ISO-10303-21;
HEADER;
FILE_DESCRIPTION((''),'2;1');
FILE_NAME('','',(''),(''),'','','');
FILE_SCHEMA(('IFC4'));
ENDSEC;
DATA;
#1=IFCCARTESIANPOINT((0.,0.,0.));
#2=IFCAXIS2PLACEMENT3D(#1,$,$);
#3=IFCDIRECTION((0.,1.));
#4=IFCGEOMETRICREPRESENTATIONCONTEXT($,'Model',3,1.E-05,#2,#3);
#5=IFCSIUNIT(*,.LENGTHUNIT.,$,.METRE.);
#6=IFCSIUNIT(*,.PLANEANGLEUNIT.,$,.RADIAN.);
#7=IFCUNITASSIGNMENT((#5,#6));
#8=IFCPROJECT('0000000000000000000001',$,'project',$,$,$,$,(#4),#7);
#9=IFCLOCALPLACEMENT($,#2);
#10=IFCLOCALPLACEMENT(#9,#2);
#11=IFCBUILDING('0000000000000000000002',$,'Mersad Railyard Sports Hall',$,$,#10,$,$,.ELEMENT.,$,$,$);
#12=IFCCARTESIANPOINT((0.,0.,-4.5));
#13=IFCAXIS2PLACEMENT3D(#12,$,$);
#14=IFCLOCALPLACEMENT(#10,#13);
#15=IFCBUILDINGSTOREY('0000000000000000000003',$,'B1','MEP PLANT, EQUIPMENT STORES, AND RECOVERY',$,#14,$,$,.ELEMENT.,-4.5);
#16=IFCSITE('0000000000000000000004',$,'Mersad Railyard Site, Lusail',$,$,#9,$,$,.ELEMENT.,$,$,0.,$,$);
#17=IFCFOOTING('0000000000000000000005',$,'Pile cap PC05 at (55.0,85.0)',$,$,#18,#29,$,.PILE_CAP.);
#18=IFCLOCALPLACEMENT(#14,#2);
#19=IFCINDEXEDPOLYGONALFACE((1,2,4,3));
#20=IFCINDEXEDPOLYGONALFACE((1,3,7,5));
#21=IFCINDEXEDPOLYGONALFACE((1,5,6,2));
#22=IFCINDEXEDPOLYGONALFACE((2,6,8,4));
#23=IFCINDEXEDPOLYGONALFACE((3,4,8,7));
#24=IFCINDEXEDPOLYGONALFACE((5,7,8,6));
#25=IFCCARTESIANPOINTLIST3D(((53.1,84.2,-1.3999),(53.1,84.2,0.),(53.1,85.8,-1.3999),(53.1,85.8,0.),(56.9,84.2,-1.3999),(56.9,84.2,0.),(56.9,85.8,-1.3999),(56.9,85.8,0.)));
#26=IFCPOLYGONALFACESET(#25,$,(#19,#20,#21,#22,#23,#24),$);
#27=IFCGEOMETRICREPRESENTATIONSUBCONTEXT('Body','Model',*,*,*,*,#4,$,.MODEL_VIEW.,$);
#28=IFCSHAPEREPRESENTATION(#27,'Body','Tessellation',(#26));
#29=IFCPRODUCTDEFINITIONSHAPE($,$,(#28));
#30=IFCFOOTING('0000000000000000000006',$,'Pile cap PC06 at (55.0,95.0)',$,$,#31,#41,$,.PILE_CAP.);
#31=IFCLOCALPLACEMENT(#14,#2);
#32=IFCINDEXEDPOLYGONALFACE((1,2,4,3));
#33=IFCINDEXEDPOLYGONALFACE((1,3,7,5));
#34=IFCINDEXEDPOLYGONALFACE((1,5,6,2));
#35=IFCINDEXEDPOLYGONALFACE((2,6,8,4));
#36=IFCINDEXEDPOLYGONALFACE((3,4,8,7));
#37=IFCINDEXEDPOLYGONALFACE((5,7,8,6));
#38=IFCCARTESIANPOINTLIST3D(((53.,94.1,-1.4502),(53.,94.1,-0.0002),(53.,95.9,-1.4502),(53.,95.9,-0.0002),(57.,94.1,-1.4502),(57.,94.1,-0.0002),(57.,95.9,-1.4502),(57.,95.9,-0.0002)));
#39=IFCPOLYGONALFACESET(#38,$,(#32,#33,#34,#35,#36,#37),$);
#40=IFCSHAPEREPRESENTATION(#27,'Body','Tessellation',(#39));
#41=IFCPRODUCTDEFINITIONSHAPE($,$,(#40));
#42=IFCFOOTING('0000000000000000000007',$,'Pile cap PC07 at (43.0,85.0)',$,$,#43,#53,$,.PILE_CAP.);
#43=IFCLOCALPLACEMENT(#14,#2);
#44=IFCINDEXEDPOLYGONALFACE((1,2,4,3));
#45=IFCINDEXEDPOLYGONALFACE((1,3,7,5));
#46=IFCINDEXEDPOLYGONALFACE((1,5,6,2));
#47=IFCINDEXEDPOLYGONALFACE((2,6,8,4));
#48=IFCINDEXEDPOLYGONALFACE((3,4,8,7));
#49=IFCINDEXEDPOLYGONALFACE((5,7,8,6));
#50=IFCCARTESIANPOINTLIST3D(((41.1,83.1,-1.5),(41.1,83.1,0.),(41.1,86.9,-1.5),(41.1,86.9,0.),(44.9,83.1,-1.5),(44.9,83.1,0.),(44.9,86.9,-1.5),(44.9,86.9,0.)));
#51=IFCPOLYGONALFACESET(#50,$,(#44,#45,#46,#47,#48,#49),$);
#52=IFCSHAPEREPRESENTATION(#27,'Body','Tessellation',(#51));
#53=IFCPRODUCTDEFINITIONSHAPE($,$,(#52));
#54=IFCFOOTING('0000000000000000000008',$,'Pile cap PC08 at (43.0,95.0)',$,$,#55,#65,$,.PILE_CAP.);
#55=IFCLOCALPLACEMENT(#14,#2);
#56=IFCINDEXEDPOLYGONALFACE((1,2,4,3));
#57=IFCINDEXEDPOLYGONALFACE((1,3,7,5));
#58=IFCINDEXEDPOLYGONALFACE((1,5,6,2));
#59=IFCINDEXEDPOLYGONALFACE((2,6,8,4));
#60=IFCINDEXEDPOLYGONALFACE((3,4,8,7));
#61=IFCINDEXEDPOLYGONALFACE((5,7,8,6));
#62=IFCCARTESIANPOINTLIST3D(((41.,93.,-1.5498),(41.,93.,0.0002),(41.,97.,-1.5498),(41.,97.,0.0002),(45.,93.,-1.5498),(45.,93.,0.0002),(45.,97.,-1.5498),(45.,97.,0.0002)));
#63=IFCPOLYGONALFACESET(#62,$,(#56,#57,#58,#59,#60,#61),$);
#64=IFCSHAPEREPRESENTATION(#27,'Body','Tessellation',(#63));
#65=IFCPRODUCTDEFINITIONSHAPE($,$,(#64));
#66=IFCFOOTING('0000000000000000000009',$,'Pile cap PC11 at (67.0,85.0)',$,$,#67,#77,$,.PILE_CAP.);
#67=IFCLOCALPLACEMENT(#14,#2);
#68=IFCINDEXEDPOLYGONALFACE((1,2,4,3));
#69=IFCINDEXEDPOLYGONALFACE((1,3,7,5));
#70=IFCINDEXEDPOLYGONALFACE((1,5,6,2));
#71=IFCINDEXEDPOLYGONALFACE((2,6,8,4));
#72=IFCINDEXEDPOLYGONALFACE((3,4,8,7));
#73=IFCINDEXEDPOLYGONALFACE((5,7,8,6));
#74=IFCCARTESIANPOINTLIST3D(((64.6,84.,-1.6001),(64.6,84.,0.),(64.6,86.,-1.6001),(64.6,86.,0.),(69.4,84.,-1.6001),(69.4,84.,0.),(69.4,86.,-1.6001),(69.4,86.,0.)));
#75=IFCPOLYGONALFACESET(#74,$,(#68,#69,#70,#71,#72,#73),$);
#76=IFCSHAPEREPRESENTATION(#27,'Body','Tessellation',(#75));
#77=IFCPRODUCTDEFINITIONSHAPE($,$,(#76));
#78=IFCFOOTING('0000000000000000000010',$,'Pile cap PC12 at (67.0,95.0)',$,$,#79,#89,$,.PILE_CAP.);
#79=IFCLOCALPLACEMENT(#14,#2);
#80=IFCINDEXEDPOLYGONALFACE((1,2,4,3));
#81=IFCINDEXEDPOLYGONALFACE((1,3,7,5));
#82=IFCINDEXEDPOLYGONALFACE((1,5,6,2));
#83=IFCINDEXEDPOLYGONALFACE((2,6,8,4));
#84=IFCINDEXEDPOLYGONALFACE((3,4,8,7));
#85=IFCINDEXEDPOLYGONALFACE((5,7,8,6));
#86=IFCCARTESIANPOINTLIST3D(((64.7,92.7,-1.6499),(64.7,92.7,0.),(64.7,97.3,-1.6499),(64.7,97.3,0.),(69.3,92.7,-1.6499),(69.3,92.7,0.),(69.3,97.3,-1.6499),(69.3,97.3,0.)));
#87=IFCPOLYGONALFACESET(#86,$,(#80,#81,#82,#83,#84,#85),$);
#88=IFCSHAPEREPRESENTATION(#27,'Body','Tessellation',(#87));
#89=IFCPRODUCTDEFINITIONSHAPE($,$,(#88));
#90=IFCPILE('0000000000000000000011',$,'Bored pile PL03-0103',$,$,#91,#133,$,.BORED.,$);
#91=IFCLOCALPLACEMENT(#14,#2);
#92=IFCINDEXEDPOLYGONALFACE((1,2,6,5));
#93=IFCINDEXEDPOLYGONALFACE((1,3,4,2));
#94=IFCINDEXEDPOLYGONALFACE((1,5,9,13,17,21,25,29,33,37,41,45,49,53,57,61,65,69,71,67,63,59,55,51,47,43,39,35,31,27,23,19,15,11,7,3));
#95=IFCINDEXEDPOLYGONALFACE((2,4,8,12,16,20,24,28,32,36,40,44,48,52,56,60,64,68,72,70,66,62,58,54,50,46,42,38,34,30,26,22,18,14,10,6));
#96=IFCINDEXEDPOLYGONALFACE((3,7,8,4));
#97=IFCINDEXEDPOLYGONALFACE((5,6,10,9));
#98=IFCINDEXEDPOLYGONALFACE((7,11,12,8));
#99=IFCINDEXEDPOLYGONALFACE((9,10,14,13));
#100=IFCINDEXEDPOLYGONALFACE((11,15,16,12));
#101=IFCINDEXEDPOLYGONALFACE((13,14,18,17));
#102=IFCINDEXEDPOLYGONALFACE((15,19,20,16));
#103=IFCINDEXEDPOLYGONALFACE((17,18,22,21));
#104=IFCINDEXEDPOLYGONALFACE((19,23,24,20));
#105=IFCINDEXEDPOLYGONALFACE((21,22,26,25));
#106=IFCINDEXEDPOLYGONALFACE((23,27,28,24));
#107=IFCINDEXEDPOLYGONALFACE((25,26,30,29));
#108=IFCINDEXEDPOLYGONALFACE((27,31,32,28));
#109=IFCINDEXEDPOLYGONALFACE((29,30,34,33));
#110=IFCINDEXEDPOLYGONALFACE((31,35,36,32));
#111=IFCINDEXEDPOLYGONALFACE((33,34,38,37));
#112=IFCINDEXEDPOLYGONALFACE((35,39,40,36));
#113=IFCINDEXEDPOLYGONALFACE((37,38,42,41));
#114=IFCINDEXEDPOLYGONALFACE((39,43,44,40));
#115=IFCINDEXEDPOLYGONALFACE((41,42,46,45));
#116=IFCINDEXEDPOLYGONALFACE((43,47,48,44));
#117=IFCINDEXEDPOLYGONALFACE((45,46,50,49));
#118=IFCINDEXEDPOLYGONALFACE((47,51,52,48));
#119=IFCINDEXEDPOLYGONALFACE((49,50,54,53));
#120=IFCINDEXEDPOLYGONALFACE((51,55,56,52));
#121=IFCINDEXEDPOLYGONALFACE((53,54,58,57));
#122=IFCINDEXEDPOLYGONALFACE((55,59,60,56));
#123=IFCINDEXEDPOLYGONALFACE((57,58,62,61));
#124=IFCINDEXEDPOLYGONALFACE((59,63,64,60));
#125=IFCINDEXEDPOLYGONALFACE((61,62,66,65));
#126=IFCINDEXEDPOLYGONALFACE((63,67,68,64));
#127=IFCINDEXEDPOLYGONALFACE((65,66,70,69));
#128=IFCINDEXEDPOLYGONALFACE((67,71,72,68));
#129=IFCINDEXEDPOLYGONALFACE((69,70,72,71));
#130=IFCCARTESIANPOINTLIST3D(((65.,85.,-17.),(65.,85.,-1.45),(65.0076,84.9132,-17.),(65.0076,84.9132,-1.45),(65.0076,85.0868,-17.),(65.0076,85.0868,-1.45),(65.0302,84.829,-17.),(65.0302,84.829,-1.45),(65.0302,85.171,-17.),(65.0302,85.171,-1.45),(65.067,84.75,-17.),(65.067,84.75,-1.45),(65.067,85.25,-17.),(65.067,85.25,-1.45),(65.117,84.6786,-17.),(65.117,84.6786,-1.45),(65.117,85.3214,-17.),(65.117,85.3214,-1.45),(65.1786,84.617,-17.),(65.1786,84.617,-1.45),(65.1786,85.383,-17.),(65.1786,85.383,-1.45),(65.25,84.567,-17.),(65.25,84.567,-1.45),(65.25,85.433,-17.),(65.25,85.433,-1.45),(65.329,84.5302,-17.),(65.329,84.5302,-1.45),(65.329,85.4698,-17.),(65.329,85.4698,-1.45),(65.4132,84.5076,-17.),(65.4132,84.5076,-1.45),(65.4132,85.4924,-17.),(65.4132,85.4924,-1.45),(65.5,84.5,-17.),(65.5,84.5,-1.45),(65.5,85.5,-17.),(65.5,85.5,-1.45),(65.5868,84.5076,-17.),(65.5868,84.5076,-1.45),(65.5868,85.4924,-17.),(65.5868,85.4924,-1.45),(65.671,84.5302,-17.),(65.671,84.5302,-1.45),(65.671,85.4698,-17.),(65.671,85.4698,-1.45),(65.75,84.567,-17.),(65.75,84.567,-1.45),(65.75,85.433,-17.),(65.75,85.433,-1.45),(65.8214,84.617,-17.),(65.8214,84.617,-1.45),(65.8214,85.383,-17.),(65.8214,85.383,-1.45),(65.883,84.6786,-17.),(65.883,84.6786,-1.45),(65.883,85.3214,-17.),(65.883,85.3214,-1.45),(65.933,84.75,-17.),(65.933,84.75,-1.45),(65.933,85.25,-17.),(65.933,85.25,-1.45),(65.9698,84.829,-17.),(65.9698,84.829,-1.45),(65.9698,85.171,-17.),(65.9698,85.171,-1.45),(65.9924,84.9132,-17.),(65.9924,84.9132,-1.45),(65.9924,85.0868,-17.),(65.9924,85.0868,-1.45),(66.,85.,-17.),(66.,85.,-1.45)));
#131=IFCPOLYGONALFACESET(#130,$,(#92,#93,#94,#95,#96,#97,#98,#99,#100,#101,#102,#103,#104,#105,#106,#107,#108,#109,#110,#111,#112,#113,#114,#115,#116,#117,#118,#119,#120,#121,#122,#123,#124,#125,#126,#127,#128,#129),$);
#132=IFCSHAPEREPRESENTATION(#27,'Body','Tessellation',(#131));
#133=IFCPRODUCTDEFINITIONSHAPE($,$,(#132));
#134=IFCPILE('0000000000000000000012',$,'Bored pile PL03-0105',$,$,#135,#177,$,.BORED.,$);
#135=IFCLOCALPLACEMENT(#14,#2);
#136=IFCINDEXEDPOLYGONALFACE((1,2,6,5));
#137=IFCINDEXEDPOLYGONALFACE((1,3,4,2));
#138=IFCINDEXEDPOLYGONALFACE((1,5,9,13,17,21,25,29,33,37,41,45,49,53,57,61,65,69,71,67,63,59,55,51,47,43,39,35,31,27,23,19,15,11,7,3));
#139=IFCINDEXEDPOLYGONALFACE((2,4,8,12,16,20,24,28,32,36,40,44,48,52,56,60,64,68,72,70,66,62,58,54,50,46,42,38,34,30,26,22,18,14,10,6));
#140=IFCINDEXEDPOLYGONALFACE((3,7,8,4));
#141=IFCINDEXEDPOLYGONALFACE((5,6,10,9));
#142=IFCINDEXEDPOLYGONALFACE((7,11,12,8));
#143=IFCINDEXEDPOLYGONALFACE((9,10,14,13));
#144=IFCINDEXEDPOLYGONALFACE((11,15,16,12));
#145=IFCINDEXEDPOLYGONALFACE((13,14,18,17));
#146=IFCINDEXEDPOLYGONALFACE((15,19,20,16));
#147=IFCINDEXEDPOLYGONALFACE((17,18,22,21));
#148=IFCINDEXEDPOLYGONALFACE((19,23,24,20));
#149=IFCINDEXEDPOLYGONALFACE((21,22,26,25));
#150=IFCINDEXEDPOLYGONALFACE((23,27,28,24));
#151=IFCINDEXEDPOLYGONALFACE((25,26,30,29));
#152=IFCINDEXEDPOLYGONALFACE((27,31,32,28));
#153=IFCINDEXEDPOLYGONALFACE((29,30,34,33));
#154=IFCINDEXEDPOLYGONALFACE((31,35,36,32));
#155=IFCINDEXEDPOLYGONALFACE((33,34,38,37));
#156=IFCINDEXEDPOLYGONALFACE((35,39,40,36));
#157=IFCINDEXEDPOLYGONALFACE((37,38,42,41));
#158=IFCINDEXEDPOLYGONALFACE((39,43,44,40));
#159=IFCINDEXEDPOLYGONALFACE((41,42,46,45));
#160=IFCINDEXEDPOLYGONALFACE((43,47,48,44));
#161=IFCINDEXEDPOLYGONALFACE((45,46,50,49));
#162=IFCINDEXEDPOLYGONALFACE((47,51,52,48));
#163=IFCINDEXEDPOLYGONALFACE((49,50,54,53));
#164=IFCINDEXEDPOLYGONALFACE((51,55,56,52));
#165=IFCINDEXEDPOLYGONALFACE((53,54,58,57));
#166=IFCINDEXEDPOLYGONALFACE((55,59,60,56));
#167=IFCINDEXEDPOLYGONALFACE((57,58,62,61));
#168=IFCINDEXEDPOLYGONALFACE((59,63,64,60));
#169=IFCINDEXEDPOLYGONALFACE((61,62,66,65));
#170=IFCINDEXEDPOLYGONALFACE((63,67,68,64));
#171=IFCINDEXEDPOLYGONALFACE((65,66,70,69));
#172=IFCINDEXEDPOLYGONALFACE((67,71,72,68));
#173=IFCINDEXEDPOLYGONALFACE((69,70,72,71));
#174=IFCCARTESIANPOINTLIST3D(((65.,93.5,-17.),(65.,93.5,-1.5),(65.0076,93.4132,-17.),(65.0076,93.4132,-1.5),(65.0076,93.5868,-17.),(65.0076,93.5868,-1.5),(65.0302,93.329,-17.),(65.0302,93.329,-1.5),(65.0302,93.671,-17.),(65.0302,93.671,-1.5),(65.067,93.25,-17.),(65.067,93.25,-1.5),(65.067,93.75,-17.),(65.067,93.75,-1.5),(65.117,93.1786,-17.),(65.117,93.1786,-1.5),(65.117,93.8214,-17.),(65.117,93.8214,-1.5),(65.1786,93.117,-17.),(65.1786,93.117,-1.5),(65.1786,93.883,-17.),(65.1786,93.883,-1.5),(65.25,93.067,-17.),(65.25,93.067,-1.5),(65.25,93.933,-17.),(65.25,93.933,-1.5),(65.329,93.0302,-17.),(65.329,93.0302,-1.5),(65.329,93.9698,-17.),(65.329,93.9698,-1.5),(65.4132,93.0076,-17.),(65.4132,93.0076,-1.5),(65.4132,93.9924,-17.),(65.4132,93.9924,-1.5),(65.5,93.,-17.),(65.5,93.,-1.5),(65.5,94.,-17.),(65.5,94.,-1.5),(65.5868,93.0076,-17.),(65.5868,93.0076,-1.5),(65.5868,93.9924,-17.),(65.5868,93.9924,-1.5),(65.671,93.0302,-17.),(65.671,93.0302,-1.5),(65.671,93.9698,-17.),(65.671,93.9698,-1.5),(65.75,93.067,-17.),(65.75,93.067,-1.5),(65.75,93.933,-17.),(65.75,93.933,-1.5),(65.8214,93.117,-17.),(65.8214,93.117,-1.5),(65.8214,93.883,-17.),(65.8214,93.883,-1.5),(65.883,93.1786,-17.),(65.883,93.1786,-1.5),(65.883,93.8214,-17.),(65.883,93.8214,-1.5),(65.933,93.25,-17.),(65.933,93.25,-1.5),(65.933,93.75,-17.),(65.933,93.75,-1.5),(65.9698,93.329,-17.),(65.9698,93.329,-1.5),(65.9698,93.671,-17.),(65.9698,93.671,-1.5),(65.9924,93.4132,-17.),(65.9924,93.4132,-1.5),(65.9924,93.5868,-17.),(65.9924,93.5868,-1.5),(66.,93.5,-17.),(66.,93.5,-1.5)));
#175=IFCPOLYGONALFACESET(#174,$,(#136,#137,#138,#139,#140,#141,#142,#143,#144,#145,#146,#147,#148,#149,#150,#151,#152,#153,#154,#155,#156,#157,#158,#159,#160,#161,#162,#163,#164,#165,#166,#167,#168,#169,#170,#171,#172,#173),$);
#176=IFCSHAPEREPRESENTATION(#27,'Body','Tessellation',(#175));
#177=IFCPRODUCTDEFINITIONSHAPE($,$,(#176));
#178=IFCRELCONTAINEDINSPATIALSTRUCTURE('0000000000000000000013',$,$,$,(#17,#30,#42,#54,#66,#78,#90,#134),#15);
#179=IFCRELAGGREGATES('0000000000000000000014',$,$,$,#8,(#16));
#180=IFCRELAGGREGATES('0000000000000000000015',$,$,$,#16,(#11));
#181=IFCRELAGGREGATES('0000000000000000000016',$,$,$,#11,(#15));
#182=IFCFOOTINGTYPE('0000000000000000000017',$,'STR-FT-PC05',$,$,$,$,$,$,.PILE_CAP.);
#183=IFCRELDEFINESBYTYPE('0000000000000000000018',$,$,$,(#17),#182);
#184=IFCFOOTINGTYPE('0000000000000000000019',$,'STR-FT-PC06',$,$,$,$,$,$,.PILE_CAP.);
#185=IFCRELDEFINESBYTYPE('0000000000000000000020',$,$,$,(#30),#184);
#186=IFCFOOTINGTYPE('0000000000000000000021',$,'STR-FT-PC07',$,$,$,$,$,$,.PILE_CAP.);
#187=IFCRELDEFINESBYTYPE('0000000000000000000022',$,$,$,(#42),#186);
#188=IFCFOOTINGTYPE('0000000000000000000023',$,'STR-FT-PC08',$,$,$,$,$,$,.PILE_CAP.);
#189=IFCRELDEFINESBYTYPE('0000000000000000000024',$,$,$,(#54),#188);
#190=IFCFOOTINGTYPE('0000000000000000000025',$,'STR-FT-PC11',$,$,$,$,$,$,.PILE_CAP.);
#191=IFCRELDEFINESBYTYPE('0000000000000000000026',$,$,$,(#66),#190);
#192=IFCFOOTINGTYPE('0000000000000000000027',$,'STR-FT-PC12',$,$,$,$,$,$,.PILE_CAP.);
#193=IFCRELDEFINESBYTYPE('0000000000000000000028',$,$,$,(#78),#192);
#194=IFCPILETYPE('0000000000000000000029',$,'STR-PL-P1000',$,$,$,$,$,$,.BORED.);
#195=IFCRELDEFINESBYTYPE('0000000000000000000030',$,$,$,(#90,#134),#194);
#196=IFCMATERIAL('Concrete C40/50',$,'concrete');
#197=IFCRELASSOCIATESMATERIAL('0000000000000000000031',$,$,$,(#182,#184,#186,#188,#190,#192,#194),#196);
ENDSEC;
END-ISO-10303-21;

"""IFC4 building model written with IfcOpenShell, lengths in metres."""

from ifc_helpers import new_model, si_unit, direction, frame, origin, origin_2d, place, context, subcontext, project, spatial, rectangle, circle, extrude, material, material_profile, profile_set, type_object, element, save


model = new_model("IFC4")

# Units and contexts
model_context = context("Model", 3, precision=1e-05, world=origin(), true_north=direction((0.0, 1.0)))
body_context = subcontext(model_context, "Body", "Model", "MODEL_VIEW")
ifc_project = project(units=[si_unit("LENGTHUNIT", "METRE"), si_unit("PLANEANGLEUNIT", "RADIAN")], contexts=[model_context])

# Site, building, storey
site_placement = place(None, origin())
site = spatial("IfcSite", under=ifc_project, at=site_placement, Name="Mersad Railyard Site, Lusail", CompositionType="ELEMENT", RefElevation=0.0)
building_placement = place(site_placement, origin())
building = spatial("IfcBuilding", under=site, at=building_placement, Name="Mersad Railyard Sports Hall", CompositionType="ELEMENT")
storey_placement = place(building_placement, frame((0.0, 0.0, -4.5)))
storey = spatial("IfcBuildingStorey", under=building, at=storey_placement, Name="B1", Description="MEP PLANT, EQUIPMENT STORES, AND RECOVERY", CompositionType="ELEMENT", Elevation=-4.5)

# Footings
ifc_material_1 = material(Name="Concrete C40/50", Category="concrete")
footing_type_1 = type_object("IfcFootingType", Name="STR-FT-PC05", PredefinedType="PILE_CAP", material=ifc_material_1)
footing_1_placement = place(storey_placement, frame((55.0, 85.0, -1.3999), z_axis=(0.0, 0.0, 1.0), x_axis=(1.0, 0.0, 0.0)))
element("IfcFooting", 1, at=footing_1_placement, inside=storey, type_object=footing_type_1, Name="Pile cap PC05 at (55.0,85.0)", PredefinedType="PILE_CAP", context=body_context, shape_type="SweptSolid", body=[
    extrude(rectangle(XDim=3.8, YDim=1.6001, at=origin_2d()), origin(), (0.0, 0.0, 1.0), 1.3999),
])
footing_type_2 = type_object("IfcFootingType", Name="STR-FT-PC06", PredefinedType="PILE_CAP", material=ifc_material_1)
footing_2_placement = place(storey_placement, frame((55.0, 95.0, -1.4502), z_axis=(0.0, 0.0, 1.0), x_axis=(1.0, 0.0, 0.0)))
element("IfcFooting", 2, at=footing_2_placement, inside=storey, type_object=footing_type_2, Name="Pile cap PC06 at (55.0,95.0)", PredefinedType="PILE_CAP", context=body_context, shape_type="SweptSolid", body=[
    extrude(rectangle(XDim=4.0, YDim=1.8, at=origin_2d()), origin(), (0.0, 0.0, 1.0), 1.45),
])
footing_type_3 = type_object("IfcFootingType", Name="STR-FT-PC07", PredefinedType="PILE_CAP", material=ifc_material_1)
footing_3_placement = place(storey_placement, frame((43.0, 85.0, -1.5), z_axis=(0.0, 0.0, 1.0), x_axis=(1.0, 0.0, 0.0)))
element("IfcFooting", 3, at=footing_3_placement, inside=storey, type_object=footing_type_3, Name="Pile cap PC07 at (43.0,85.0)", PredefinedType="PILE_CAP", context=body_context, shape_type="SweptSolid", body=[
    extrude(rectangle(XDim=3.8, YDim=3.8, at=origin_2d()), origin(), (0.0, 0.0, 1.0), 1.5),
])
footing_type_4 = type_object("IfcFootingType", Name="STR-FT-PC08", PredefinedType="PILE_CAP", material=ifc_material_1)
footing_4_placement = place(storey_placement, frame((43.0, 95.0, -1.5498), z_axis=(0.0, 0.0, 1.0), x_axis=(1.0, 0.0, 0.0)))
element("IfcFooting", 4, at=footing_4_placement, inside=storey, type_object=footing_type_4, Name="Pile cap PC08 at (43.0,95.0)", PredefinedType="PILE_CAP", context=body_context, shape_type="SweptSolid", body=[
    extrude(rectangle(XDim=4.0, YDim=4.0, at=origin_2d()), origin(), (0.0, 0.0, 1.0), 1.55),
])
footing_type_5 = type_object("IfcFootingType", Name="STR-FT-PC11", PredefinedType="PILE_CAP", material=ifc_material_1)
footing_5_placement = place(storey_placement, frame((67.0, 85.0, -1.6001), z_axis=(0.0, 0.0, 1.0), x_axis=(1.0, 0.0, 0.0)))
element("IfcFooting", 5, at=footing_5_placement, inside=storey, type_object=footing_type_5, Name="Pile cap PC11 at (67.0,85.0)", PredefinedType="PILE_CAP", context=body_context, shape_type="SweptSolid", body=[
    extrude(rectangle(XDim=4.8, YDim=2.0, at=origin_2d()), origin(), (0.0, 0.0, 1.0), 1.6001),
])
footing_type_6 = type_object("IfcFootingType", Name="STR-FT-PC12", PredefinedType="PILE_CAP", material=ifc_material_1)
footing_6_placement = place(storey_placement, frame((67.0, 95.0, -1.6499), z_axis=(0.0, 0.0, 1.0), x_axis=(1.0, 0.0, 0.0)))
element("IfcFooting", 6, at=footing_6_placement, inside=storey, type_object=footing_type_6, Name="Pile cap PC12 at (67.0,95.0)", PredefinedType="PILE_CAP", context=body_context, shape_type="SweptSolid", body=[
    extrude(rectangle(XDim=4.6001, YDim=4.6001, at=origin_2d()), origin(), (0.0, 0.0, 1.0), 1.6499),
])

# Piles
ifc_material_profile_1 = material_profile(ifc_material_1, circle(Radius=0.5, at=origin_2d()), Name="BORED PILE D1000")
ifc_profile_set_1 = profile_set([ifc_material_profile_1], Name="Concrete C40/50")
pile_type_1 = type_object("IfcPileType", Name="STR-PL-P1000", PredefinedType="BORED", material=ifc_profile_set_1)
pile_1_placement = place(storey_placement, frame((65.5, 85.0, -1.45), z_axis=(0.0, 0.0, -1.0), x_axis=(1.0, 0.0, 0.0)))
element("IfcPile", 7, at=pile_1_placement, inside=storey, type_object=pile_type_1, Name="Bored pile PL03-0103", PredefinedType="BORED", context=body_context, shape_type="SweptSolid", body=[
    extrude(circle(Radius=0.5, at=origin_2d()), origin(), (0.0, 0.0, 1.0), 15.55),
])
for number, where, z_axis, x_axis, name in (
    (8, (65.5, 93.5, -1.5), (0.0, 0.0, -1.0), (1.0, 0.0, 0.0), "Bored pile PL03-0105"),
):
    element("IfcPile", number, at=place(storey_placement, frame(where, z_axis=z_axis, x_axis=x_axis)), inside=storey, type_object=pile_type_1, Name=name, PredefinedType="BORED", context=body_context, shape_type="SweptSolid", body=[
        extrude(circle(Radius=0.5, at=origin_2d()), origin(), (0.0, 0.0, 1.0), 15.5),
    ])

save(model, "model.ifc")
